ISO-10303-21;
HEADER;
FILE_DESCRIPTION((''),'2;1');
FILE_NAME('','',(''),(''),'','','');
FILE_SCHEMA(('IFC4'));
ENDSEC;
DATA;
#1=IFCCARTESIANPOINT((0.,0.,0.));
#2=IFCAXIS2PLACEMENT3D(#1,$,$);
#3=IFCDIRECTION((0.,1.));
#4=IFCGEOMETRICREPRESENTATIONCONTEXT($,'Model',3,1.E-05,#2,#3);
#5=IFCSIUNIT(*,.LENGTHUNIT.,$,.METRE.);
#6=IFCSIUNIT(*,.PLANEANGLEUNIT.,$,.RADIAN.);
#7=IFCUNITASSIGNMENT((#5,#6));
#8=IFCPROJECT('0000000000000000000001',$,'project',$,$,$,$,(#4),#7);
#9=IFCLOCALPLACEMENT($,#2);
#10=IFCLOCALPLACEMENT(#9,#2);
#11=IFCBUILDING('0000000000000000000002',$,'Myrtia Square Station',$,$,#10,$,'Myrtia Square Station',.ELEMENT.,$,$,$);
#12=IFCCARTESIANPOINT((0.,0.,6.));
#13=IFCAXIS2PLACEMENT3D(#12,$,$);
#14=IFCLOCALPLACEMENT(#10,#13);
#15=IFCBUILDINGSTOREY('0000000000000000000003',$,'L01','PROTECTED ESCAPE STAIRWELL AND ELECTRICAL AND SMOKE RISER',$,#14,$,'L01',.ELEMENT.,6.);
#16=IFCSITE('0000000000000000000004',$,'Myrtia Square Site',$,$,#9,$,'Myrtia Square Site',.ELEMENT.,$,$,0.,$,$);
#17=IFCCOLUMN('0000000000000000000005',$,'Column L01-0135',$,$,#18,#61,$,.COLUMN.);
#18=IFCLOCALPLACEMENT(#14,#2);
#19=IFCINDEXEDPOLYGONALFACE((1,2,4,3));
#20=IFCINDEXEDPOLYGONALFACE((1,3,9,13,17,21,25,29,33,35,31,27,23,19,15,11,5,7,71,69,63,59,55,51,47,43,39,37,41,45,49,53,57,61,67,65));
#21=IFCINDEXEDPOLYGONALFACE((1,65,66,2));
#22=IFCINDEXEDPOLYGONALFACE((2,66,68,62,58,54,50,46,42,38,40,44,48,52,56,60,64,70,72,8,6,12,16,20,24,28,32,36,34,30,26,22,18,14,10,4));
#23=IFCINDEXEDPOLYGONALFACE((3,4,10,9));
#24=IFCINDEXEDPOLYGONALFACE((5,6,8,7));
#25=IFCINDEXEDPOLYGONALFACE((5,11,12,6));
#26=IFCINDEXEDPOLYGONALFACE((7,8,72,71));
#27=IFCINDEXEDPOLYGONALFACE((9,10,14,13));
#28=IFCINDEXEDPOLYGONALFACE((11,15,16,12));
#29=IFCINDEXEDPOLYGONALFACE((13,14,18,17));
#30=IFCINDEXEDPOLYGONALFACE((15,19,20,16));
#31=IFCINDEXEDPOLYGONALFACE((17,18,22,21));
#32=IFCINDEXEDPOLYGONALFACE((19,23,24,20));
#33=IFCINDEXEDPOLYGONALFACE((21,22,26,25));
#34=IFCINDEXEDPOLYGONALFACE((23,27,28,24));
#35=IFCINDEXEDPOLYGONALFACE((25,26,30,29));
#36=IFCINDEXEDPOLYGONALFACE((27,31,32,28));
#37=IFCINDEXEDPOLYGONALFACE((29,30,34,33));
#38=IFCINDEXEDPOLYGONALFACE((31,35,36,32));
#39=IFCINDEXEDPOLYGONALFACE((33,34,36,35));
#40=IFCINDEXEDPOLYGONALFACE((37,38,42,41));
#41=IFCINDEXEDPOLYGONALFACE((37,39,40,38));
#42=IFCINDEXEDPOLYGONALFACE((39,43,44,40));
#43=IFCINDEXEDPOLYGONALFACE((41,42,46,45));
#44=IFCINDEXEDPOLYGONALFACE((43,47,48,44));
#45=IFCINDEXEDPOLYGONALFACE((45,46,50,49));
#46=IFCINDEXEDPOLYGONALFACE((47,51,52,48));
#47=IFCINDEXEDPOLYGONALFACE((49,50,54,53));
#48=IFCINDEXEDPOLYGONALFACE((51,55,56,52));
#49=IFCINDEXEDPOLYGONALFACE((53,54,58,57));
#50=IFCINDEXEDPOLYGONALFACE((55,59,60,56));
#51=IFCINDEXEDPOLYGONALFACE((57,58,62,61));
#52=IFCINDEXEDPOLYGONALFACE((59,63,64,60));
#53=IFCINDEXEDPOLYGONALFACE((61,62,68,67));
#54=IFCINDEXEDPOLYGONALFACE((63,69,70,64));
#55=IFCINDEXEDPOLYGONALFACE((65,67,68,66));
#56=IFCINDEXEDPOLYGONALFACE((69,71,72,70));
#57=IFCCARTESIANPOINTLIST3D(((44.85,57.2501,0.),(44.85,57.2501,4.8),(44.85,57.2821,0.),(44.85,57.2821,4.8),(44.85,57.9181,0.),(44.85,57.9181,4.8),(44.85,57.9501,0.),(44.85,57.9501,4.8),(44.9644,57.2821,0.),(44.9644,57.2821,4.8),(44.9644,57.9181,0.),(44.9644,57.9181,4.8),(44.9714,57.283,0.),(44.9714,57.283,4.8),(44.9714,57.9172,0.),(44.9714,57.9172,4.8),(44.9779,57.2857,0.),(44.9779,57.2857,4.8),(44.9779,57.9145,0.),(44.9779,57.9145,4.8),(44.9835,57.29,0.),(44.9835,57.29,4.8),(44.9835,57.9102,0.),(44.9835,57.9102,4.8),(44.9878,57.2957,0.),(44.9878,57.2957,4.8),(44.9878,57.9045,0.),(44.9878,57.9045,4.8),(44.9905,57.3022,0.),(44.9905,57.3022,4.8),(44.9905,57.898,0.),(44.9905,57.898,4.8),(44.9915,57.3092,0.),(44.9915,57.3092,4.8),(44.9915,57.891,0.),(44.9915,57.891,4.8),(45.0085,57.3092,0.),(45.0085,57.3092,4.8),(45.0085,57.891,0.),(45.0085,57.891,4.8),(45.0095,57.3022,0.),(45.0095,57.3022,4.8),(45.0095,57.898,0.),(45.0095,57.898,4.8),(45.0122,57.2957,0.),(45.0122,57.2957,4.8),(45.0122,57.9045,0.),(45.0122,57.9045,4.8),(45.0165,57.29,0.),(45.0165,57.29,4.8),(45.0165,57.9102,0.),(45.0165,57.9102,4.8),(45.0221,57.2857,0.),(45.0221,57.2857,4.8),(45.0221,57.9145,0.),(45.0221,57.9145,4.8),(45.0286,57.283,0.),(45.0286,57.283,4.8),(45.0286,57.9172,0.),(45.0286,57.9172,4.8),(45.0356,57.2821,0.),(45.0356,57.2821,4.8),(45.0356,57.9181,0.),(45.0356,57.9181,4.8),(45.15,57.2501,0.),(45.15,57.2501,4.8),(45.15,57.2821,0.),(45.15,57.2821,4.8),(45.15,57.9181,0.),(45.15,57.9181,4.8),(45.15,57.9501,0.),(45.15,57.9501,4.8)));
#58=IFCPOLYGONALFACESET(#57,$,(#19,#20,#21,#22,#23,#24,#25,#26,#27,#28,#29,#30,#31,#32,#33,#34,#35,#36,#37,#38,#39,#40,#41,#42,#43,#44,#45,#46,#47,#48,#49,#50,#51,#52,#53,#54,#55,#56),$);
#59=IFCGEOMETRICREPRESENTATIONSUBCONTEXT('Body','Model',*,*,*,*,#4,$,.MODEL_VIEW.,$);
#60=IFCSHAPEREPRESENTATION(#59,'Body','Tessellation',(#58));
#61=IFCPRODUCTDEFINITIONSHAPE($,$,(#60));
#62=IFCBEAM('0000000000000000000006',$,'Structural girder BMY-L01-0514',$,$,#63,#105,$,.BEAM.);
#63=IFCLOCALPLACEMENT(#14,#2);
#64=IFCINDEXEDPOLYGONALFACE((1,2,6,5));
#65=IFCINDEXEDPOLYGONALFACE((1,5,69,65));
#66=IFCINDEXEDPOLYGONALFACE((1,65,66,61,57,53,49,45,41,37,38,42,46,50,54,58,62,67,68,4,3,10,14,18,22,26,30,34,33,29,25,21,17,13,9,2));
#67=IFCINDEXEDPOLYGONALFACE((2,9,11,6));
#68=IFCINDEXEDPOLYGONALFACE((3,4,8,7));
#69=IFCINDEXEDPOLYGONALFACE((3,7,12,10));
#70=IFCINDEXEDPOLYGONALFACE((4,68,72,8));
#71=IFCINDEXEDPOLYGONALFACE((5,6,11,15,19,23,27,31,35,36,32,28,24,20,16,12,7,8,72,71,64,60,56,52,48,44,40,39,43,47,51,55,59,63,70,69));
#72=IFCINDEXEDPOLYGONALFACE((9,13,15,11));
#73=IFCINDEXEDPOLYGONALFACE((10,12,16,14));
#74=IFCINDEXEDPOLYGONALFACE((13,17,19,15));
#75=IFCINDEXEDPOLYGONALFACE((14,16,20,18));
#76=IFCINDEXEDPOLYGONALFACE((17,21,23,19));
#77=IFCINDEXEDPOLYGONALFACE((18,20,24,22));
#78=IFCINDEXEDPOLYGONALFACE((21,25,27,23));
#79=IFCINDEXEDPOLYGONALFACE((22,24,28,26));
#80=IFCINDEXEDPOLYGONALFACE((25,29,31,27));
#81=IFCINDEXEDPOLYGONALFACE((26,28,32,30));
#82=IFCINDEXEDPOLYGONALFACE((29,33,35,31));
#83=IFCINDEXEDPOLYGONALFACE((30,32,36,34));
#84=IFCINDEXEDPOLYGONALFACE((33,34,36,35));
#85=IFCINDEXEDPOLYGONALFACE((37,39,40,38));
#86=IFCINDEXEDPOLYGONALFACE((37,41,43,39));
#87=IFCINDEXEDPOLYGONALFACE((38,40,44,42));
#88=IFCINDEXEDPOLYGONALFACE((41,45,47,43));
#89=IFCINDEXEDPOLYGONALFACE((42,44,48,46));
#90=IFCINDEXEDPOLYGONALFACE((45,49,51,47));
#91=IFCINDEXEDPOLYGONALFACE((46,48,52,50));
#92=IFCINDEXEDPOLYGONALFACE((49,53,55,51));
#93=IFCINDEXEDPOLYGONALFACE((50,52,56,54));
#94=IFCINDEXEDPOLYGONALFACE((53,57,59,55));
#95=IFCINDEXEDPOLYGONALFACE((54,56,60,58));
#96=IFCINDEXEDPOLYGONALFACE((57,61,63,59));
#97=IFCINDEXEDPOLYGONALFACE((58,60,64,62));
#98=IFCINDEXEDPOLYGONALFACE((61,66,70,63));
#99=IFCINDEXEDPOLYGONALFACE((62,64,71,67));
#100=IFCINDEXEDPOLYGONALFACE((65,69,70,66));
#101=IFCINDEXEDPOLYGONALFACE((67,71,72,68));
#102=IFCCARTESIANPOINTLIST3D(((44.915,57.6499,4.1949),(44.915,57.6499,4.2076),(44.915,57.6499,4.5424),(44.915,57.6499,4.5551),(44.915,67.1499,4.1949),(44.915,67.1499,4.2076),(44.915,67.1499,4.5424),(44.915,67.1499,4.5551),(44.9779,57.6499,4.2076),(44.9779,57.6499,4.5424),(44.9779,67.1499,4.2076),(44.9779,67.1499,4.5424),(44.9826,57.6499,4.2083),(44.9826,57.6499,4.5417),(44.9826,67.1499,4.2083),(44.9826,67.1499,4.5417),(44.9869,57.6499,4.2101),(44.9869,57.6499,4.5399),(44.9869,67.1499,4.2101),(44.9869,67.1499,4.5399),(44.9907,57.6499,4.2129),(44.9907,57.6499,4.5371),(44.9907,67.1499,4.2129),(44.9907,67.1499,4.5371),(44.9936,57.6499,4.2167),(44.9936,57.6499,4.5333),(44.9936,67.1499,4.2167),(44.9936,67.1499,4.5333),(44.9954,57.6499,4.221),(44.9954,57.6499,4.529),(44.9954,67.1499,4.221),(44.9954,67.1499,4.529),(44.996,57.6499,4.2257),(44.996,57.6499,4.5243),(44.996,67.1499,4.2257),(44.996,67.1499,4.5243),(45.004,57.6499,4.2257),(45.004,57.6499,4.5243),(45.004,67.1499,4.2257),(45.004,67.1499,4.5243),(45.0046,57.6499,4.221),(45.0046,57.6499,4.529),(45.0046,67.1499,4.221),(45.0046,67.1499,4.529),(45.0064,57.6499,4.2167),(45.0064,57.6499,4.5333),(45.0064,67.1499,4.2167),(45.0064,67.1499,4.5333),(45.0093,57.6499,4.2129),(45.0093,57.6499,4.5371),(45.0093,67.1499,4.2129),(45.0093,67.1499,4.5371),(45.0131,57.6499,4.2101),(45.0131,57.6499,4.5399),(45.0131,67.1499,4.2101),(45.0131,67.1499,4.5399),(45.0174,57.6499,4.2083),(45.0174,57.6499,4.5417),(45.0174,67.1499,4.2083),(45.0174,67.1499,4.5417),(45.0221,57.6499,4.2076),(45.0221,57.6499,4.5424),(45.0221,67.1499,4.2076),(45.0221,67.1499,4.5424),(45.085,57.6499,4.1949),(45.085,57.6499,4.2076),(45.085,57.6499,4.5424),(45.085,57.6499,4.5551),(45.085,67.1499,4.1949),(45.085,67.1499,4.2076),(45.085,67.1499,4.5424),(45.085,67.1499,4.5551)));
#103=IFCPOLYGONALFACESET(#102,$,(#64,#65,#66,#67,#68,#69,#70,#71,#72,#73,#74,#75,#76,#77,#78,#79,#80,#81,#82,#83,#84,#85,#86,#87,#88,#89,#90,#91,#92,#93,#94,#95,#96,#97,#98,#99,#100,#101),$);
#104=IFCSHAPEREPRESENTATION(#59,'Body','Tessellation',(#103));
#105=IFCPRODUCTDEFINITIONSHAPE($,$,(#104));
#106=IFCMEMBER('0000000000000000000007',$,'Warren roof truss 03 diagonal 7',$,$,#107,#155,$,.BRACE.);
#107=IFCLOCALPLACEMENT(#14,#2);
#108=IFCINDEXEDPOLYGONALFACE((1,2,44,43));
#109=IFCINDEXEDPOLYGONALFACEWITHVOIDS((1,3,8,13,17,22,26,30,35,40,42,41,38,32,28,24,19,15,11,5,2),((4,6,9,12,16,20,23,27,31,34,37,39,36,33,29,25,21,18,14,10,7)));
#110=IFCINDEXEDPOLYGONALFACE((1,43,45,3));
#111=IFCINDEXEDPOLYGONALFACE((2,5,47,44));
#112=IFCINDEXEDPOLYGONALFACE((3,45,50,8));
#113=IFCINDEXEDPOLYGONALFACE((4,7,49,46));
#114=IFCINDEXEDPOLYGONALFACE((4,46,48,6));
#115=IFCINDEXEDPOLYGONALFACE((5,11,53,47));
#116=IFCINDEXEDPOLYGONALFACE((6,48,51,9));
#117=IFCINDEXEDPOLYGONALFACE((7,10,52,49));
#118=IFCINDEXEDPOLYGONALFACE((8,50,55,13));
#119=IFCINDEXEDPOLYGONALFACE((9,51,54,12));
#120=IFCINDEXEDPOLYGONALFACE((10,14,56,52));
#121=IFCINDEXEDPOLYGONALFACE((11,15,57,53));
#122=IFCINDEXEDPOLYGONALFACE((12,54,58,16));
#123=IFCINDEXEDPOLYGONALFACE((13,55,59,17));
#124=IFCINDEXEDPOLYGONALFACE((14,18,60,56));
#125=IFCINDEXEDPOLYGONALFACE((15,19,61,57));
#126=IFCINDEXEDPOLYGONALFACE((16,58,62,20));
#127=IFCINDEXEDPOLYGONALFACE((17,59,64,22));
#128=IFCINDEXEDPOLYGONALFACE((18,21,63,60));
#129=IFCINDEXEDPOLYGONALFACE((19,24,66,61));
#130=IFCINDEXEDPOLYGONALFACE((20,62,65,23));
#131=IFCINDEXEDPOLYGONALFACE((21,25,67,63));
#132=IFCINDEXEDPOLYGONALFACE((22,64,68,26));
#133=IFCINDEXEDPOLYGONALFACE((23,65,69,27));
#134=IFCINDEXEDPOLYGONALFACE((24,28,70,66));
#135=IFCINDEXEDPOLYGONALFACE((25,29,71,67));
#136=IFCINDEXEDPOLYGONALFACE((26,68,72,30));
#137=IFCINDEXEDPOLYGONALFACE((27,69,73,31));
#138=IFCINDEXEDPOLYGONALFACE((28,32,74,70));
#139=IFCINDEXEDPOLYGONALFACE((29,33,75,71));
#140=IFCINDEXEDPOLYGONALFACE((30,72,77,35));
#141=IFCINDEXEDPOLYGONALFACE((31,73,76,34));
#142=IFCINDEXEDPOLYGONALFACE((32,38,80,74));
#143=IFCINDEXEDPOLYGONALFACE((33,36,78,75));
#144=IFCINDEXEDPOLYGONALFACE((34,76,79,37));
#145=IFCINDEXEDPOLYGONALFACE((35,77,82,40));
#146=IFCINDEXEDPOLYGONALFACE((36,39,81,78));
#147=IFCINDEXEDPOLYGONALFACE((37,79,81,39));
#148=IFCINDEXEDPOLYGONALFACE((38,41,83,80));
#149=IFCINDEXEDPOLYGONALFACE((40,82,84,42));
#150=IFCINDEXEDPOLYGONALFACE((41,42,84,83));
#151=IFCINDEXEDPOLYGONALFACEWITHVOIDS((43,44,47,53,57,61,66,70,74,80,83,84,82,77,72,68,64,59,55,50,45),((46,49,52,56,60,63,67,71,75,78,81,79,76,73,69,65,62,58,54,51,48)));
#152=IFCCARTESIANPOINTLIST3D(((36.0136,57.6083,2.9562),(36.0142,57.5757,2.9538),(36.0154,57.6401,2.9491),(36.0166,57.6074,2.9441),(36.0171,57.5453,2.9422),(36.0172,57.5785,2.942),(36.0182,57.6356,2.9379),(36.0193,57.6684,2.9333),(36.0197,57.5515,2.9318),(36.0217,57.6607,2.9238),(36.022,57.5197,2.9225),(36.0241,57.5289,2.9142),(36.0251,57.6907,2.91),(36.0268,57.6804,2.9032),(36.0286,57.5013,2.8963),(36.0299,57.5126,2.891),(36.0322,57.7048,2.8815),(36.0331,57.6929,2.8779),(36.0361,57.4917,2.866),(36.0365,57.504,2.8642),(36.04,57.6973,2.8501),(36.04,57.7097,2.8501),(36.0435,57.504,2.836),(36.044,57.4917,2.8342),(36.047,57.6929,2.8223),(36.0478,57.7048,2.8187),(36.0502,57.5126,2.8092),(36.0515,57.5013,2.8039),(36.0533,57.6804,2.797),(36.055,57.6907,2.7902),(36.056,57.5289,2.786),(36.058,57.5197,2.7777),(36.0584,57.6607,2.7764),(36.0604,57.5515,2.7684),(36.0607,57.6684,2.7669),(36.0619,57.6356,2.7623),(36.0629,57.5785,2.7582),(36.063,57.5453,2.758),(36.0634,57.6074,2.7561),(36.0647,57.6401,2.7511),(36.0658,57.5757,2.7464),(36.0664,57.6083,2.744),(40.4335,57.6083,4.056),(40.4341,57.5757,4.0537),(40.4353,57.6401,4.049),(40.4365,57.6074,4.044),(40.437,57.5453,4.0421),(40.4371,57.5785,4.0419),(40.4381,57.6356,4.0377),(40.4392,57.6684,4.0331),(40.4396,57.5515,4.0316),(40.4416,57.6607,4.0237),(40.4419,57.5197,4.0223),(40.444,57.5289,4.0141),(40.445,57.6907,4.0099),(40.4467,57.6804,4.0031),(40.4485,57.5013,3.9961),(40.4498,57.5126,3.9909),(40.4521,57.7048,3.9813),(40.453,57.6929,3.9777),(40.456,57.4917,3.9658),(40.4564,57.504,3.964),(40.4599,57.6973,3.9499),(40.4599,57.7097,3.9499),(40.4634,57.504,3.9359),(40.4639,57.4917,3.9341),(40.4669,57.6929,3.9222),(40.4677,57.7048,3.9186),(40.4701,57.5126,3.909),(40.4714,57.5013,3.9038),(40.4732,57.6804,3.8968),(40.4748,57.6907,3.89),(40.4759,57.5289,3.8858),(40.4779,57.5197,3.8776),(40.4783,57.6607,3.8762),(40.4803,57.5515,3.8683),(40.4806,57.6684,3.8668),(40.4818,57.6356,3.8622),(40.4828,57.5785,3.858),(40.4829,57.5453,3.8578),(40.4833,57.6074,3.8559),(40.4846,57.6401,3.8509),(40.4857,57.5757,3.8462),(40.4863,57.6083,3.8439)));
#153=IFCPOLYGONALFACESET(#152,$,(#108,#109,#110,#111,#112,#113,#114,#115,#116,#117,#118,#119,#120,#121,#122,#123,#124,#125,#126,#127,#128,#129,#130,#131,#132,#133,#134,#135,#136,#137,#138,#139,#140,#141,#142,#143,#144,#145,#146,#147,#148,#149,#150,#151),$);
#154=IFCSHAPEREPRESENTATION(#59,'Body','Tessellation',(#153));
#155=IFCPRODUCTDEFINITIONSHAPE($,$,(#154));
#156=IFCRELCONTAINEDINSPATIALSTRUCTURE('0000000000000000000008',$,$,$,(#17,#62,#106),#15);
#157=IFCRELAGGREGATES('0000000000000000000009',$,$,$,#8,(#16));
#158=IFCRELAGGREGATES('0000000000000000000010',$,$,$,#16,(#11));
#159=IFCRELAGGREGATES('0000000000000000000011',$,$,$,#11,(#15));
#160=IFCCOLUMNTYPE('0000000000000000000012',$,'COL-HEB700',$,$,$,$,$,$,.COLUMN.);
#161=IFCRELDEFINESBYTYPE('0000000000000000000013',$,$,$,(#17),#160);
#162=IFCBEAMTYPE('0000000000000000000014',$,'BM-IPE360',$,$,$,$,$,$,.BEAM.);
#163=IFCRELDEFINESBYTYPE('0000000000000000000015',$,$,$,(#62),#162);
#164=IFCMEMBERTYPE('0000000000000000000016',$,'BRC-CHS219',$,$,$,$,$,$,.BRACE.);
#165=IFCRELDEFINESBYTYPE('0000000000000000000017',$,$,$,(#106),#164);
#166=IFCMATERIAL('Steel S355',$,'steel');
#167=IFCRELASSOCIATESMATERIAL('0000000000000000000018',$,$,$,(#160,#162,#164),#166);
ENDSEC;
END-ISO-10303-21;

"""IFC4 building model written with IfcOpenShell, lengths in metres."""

from ifc_helpers import new_model, si_unit, direction, frame, origin, origin_2d, place, context, subcontext, project, spatial, hollow_circle, i_section, extrude, material, material_profile, profile_set, type_object, element, save


model = new_model("IFC4")

# Units and contexts
model_context = context("Model", 3, precision=1e-05, world=origin(), true_north=direction((0.0, 1.0)))
body_context = subcontext(model_context, "Body", "Model", "MODEL_VIEW")
ifc_project = project(units=[si_unit("LENGTHUNIT", "METRE"), si_unit("PLANEANGLEUNIT", "RADIAN")], contexts=[model_context])

# Site, building, storey
site_placement = place(None, origin())
site = spatial("IfcSite", under=ifc_project, at=site_placement, Name="Myrtia Square Site", LongName="Myrtia Square Site", CompositionType="ELEMENT", RefElevation=0.0)
building_placement = place(site_placement, origin())
building = spatial("IfcBuilding", under=site, at=building_placement, Name="Myrtia Square Station", LongName="Myrtia Square Station", CompositionType="ELEMENT")
storey_placement = place(building_placement, frame((0.0, 0.0, 6.0)))
storey = spatial("IfcBuildingStorey", under=building, at=storey_placement, Name="L01", Description="PROTECTED ESCAPE STAIRWELL AND ELECTRICAL AND SMOKE RISER", LongName="L01", CompositionType="ELEMENT", Elevation=6.0)

# Column
ifc_material_1 = material(Name="Steel S355", Category="steel")
ifc_material_profile_1 = material_profile(ifc_material_1, i_section(OverallWidth=0.3, OverallDepth=0.7, WebThickness=0.0171, FlangeThickness=0.032, FilletRadius=0.0271, at=origin_2d()), Name="HEB 700")
ifc_profile_set_1 = profile_set([ifc_material_profile_1], Name="Steel S355")
column_type = type_object("IfcColumnType", Name="COL-HEB700", PredefinedType="COLUMN", material=ifc_profile_set_1)
column_placement = place(storey_placement, frame((45.0, 57.6001, 0.0), z_axis=(0.0, 0.0, 1.0), x_axis=(1.0, 0.0, 0.0)))
element("IfcColumn", 1, at=column_placement, inside=storey, type_object=column_type, Name="Column L01-0135", PredefinedType="COLUMN", context=body_context, shape_type="SweptSolid", body=[
    extrude(i_section(OverallWidth=0.3, OverallDepth=0.7, WebThickness=0.0171, FlangeThickness=0.032, FilletRadius=0.0271, at=origin_2d()), origin(), (0.0, 0.0, 1.0), 4.8),
])

# Beam
ifc_material_profile_2 = material_profile(ifc_material_1, i_section(OverallWidth=0.1699, OverallDepth=0.3601, WebThickness=0.0081, FlangeThickness=0.0127, FilletRadius=0.0181, at=origin_2d()), Name="IPE 360")
ifc_profile_set_2 = profile_set([ifc_material_profile_2], Name="Steel S355")
beam_type_1 = type_object("IfcBeamType", Name="BM-IPE360", PredefinedType="BEAM", material=ifc_profile_set_2)
beam_1_placement = place(storey_placement, frame((45.0, 57.6499, 4.375), z_axis=(0.0, 1.0, 0.0), x_axis=(-1.0, 0.0, 0.0)))
element("IfcBeam", 2, at=beam_1_placement, inside=storey, type_object=beam_type_1, Name="Structural girder BMY-L01-0514", PredefinedType="BEAM", context=body_context, shape_type="SweptSolid", body=[
    extrude(i_section(OverallWidth=0.1699, OverallDepth=0.3601, WebThickness=0.0081, FlangeThickness=0.0127, FilletRadius=0.0181, at=origin_2d()), origin(), (0.0, 0.0, 1.0), 9.5),
])

# Member
ifc_material_profile_3 = material_profile(ifc_material_1, hollow_circle(Radius=0.1096, WallThickness=0.0125, at=origin_2d()), Name="CHS 219.1x12.5")
ifc_profile_set_3 = profile_set([ifc_material_profile_3], Name="Steel S355")
member_type_1 = type_object("IfcMemberType", Name="BRC-CHS219", PredefinedType="BRACE", material=ifc_profile_set_3)
for number, where, z_axis, x_axis, name in (
    (3, (36.04, 57.6001, 2.8501), (0.970407, 0.0, 0.241476), (0.0, 1.0, 0.0), "Warren roof truss 03 diagonal 7"),
):
    element("IfcMember", number, at=place(storey_placement, frame(where, z_axis=z_axis, x_axis=x_axis)), inside=storey, type_object=member_type_1, Name=name, PredefinedType="BRACE", context=body_context, shape_type="SweptSolid", body=[
        extrude(hollow_circle(Radius=0.1096, WallThickness=0.0125, at=origin_2d()), origin(), (0.0, 0.0, 1.0), 4.5547),
    ])

save(model, "model.ifc")
